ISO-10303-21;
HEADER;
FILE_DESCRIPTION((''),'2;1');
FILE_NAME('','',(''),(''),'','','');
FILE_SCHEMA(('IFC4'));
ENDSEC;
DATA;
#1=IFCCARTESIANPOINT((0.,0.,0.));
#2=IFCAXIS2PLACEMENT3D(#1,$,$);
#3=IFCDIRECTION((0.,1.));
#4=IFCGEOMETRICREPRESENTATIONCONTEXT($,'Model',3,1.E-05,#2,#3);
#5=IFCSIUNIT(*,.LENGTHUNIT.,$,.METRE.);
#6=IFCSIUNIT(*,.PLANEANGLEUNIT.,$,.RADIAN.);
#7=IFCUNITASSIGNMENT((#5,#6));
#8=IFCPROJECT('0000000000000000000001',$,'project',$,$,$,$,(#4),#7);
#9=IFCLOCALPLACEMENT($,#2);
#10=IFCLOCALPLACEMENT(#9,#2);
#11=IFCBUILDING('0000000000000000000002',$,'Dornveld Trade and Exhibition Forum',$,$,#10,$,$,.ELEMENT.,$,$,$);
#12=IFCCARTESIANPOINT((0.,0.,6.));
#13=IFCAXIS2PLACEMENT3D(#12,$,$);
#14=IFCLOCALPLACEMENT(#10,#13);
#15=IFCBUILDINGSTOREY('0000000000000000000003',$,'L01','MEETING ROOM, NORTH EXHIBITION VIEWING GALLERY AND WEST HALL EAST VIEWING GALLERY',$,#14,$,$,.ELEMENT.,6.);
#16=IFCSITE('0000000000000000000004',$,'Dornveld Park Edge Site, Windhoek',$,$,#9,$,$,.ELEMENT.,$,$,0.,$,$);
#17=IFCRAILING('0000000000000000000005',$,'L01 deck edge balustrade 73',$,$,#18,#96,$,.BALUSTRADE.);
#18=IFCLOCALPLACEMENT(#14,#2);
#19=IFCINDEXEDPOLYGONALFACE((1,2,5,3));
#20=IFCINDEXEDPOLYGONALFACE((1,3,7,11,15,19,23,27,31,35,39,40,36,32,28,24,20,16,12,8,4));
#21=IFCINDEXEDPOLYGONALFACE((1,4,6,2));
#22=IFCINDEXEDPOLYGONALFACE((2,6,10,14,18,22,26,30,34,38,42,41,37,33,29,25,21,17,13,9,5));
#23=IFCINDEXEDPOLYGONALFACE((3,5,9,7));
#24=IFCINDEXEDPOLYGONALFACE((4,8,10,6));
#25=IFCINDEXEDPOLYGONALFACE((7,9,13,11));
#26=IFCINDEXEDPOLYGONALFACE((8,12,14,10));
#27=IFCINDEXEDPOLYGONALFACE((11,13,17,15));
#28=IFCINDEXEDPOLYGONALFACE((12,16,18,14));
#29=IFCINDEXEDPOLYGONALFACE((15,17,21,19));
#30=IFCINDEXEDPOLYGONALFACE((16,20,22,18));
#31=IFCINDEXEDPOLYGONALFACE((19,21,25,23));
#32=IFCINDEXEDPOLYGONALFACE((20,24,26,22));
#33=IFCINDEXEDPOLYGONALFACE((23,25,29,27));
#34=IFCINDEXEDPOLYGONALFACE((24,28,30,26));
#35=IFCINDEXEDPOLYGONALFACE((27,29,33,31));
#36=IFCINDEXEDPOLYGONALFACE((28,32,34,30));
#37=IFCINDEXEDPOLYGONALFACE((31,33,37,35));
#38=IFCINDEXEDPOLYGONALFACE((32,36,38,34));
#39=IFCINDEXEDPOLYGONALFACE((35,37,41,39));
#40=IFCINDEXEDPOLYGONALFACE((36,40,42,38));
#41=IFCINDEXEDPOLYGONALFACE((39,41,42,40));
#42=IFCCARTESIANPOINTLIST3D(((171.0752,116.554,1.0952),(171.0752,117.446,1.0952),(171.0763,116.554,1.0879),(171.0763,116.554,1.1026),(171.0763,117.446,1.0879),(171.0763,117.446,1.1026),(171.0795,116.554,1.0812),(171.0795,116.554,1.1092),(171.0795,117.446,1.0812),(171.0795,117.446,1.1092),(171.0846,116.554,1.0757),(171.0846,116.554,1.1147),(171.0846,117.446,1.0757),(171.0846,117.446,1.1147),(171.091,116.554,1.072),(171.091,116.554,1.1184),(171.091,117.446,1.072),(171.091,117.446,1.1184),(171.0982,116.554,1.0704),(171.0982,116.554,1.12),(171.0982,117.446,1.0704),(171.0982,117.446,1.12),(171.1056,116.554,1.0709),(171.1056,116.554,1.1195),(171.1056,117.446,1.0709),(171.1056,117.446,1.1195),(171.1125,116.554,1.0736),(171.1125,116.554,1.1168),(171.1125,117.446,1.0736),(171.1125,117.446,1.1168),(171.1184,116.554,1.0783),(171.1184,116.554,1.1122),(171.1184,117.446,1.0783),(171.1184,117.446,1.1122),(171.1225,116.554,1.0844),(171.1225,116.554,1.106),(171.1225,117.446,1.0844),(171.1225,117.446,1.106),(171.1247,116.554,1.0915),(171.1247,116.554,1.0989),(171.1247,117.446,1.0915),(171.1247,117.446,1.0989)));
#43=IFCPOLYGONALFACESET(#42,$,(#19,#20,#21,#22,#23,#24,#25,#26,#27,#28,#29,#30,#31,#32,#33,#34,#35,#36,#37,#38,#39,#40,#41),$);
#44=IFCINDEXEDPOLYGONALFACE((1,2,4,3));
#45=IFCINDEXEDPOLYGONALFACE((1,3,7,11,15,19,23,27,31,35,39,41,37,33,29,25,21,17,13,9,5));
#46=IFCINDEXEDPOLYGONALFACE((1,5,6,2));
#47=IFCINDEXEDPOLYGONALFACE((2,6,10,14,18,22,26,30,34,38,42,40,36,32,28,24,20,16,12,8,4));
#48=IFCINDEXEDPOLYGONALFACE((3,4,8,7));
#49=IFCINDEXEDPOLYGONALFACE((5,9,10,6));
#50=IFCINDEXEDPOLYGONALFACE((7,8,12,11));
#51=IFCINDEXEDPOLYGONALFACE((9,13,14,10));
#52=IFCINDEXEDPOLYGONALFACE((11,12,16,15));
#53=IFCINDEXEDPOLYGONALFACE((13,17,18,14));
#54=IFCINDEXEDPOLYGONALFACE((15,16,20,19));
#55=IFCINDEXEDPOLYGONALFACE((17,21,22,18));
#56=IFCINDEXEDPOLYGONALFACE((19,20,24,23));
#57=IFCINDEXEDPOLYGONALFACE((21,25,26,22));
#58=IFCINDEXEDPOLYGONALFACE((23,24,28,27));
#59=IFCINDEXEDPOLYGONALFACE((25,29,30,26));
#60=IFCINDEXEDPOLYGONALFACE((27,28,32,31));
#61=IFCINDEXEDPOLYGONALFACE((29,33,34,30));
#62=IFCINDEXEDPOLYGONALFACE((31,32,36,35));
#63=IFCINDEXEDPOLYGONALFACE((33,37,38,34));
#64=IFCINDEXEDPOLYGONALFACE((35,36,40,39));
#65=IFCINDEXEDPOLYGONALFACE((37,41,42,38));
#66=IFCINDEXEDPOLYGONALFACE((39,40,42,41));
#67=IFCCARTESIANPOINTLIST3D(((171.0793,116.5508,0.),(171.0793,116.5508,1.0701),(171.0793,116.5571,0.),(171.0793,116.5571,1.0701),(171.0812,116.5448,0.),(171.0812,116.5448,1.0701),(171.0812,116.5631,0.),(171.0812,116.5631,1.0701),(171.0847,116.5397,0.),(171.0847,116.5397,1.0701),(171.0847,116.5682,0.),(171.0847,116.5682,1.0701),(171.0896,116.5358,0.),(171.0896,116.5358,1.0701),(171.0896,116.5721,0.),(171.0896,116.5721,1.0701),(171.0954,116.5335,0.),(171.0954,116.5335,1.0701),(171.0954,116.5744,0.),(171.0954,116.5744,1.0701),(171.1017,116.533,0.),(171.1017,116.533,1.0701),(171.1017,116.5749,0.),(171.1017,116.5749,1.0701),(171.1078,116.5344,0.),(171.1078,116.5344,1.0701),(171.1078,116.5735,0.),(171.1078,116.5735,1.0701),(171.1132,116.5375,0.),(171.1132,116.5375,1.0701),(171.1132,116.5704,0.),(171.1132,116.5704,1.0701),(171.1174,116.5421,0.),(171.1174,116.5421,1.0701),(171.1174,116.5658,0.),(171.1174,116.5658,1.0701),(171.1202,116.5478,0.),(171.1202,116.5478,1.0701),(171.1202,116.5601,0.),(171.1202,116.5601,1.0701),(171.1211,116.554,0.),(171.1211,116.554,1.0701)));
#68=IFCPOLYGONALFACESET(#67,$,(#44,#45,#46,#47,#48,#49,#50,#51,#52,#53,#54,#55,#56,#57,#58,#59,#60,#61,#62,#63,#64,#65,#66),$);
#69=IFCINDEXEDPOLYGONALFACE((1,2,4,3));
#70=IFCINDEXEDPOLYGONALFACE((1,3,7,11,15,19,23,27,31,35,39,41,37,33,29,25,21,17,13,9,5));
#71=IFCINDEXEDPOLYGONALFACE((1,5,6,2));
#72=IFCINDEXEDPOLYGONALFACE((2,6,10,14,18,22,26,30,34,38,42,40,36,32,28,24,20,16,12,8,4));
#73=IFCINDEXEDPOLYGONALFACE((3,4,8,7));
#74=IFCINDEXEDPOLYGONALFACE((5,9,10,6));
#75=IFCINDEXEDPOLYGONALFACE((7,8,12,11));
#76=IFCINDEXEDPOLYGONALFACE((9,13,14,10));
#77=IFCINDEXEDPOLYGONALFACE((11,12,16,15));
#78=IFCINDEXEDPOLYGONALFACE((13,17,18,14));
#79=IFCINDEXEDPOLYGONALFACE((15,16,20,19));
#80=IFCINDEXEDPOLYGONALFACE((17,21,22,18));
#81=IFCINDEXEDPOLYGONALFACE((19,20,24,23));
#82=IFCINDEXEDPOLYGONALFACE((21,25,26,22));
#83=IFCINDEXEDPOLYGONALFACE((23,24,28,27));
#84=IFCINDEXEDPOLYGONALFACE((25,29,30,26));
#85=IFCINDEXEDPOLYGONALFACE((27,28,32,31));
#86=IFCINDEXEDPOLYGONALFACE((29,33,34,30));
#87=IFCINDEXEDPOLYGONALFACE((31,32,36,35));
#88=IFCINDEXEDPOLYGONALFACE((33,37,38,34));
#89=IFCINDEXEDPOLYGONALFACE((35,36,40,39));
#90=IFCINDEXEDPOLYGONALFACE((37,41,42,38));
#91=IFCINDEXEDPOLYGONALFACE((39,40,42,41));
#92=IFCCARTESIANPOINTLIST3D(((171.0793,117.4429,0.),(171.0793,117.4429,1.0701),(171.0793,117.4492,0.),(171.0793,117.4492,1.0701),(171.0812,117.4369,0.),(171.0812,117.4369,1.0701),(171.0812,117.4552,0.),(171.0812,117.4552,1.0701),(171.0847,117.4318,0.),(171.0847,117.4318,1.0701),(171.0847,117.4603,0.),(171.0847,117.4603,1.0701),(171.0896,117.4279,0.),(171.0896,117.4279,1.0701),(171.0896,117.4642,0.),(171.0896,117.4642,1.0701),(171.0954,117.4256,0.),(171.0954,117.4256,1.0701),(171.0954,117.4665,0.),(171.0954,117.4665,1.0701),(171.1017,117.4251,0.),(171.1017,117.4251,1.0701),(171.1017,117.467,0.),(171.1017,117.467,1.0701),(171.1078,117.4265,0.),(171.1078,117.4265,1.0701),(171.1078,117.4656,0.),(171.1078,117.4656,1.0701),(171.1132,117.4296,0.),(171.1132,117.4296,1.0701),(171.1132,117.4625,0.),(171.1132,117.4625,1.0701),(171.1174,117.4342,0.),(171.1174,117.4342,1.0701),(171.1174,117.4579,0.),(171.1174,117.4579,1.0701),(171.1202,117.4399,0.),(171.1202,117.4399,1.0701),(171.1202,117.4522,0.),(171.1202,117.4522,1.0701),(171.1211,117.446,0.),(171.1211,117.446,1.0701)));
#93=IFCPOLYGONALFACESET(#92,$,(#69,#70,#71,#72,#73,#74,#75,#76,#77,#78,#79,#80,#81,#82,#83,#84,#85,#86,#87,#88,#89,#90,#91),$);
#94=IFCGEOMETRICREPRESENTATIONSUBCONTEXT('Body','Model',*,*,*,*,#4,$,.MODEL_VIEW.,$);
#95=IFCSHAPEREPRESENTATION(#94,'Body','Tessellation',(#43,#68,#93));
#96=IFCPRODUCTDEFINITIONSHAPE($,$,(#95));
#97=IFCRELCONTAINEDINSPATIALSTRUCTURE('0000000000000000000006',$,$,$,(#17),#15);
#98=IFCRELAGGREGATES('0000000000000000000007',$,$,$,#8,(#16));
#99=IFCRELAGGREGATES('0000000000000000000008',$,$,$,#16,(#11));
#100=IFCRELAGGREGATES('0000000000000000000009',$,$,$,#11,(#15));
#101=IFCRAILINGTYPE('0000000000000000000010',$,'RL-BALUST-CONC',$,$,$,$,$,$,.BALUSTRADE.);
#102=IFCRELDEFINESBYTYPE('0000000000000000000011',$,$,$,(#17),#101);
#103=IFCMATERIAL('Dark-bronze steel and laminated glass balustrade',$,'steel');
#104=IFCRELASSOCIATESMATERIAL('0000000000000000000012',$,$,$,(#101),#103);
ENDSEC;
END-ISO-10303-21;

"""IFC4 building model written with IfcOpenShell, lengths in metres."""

from ifc_helpers import new_model, si_unit, direction, frame, origin, origin_2d, place, context, subcontext, project, spatial, circle, extrude, material, type_object, element, save


model = new_model("IFC4")

# Units and contexts
model_context = context("Model", 3, precision=1e-05, world=origin(), true_north=direction((0.0, 1.0)))
body_context = subcontext(model_context, "Body", "Model", "MODEL_VIEW")
ifc_project = project(units=[si_unit("LENGTHUNIT", "METRE"), si_unit("PLANEANGLEUNIT", "RADIAN")], contexts=[model_context])

# Site, building, storey
site_placement = place(None, origin())
site = spatial("IfcSite", under=ifc_project, at=site_placement, Name="Dornveld Park Edge Site, Windhoek", CompositionType="ELEMENT", RefElevation=0.0)
building_placement = place(site_placement, origin())
building = spatial("IfcBuilding", under=site, at=building_placement, Name="Dornveld Trade and Exhibition Forum", CompositionType="ELEMENT")
storey_placement = place(building_placement, frame((0.0, 0.0, 6.0)))
storey = spatial("IfcBuildingStorey", under=building, at=storey_placement, Name="L01", Description="MEETING ROOM, NORTH EXHIBITION VIEWING GALLERY AND WEST HALL EAST VIEWING GALLERY", CompositionType="ELEMENT", Elevation=6.0)

# Railing
ifc_material_1 = material(Name="Dark-bronze steel and laminated glass balustrade", Category="steel")
railing_type = type_object("IfcRailingType", Name="RL-BALUST-CONC", PredefinedType="BALUSTRADE", material=ifc_material_1)
railing_1_placement = place(storey_placement, frame((171.1001, 116.554, 0.0)))
element("IfcRailing", 1, at=railing_1_placement, inside=storey, type_object=railing_type, Name="L01 deck edge balustrade 73", PredefinedType="BALUSTRADE", context=body_context, shape_type="SweptSolid", body=[
    extrude(circle(Radius=0.0249, at=origin_2d()), frame((0.0, 0.0, 1.0952), z_axis=(0.0, 1.0, 0.0), x_axis=(-1.0, 0.0, 0.0)), (0.0, 0.0, 1.0), 0.8921),
    extrude(circle(Radius=0.021, at=origin_2d()), origin(), (0.0, 0.0, 1.0), 1.0701),
    extrude(circle(Radius=0.021, at=origin_2d()), frame((0.0, 0.8921, 0.0)), (0.0, 0.0, 1.0), 1.0701),
])

save(model, "model.ifc")
